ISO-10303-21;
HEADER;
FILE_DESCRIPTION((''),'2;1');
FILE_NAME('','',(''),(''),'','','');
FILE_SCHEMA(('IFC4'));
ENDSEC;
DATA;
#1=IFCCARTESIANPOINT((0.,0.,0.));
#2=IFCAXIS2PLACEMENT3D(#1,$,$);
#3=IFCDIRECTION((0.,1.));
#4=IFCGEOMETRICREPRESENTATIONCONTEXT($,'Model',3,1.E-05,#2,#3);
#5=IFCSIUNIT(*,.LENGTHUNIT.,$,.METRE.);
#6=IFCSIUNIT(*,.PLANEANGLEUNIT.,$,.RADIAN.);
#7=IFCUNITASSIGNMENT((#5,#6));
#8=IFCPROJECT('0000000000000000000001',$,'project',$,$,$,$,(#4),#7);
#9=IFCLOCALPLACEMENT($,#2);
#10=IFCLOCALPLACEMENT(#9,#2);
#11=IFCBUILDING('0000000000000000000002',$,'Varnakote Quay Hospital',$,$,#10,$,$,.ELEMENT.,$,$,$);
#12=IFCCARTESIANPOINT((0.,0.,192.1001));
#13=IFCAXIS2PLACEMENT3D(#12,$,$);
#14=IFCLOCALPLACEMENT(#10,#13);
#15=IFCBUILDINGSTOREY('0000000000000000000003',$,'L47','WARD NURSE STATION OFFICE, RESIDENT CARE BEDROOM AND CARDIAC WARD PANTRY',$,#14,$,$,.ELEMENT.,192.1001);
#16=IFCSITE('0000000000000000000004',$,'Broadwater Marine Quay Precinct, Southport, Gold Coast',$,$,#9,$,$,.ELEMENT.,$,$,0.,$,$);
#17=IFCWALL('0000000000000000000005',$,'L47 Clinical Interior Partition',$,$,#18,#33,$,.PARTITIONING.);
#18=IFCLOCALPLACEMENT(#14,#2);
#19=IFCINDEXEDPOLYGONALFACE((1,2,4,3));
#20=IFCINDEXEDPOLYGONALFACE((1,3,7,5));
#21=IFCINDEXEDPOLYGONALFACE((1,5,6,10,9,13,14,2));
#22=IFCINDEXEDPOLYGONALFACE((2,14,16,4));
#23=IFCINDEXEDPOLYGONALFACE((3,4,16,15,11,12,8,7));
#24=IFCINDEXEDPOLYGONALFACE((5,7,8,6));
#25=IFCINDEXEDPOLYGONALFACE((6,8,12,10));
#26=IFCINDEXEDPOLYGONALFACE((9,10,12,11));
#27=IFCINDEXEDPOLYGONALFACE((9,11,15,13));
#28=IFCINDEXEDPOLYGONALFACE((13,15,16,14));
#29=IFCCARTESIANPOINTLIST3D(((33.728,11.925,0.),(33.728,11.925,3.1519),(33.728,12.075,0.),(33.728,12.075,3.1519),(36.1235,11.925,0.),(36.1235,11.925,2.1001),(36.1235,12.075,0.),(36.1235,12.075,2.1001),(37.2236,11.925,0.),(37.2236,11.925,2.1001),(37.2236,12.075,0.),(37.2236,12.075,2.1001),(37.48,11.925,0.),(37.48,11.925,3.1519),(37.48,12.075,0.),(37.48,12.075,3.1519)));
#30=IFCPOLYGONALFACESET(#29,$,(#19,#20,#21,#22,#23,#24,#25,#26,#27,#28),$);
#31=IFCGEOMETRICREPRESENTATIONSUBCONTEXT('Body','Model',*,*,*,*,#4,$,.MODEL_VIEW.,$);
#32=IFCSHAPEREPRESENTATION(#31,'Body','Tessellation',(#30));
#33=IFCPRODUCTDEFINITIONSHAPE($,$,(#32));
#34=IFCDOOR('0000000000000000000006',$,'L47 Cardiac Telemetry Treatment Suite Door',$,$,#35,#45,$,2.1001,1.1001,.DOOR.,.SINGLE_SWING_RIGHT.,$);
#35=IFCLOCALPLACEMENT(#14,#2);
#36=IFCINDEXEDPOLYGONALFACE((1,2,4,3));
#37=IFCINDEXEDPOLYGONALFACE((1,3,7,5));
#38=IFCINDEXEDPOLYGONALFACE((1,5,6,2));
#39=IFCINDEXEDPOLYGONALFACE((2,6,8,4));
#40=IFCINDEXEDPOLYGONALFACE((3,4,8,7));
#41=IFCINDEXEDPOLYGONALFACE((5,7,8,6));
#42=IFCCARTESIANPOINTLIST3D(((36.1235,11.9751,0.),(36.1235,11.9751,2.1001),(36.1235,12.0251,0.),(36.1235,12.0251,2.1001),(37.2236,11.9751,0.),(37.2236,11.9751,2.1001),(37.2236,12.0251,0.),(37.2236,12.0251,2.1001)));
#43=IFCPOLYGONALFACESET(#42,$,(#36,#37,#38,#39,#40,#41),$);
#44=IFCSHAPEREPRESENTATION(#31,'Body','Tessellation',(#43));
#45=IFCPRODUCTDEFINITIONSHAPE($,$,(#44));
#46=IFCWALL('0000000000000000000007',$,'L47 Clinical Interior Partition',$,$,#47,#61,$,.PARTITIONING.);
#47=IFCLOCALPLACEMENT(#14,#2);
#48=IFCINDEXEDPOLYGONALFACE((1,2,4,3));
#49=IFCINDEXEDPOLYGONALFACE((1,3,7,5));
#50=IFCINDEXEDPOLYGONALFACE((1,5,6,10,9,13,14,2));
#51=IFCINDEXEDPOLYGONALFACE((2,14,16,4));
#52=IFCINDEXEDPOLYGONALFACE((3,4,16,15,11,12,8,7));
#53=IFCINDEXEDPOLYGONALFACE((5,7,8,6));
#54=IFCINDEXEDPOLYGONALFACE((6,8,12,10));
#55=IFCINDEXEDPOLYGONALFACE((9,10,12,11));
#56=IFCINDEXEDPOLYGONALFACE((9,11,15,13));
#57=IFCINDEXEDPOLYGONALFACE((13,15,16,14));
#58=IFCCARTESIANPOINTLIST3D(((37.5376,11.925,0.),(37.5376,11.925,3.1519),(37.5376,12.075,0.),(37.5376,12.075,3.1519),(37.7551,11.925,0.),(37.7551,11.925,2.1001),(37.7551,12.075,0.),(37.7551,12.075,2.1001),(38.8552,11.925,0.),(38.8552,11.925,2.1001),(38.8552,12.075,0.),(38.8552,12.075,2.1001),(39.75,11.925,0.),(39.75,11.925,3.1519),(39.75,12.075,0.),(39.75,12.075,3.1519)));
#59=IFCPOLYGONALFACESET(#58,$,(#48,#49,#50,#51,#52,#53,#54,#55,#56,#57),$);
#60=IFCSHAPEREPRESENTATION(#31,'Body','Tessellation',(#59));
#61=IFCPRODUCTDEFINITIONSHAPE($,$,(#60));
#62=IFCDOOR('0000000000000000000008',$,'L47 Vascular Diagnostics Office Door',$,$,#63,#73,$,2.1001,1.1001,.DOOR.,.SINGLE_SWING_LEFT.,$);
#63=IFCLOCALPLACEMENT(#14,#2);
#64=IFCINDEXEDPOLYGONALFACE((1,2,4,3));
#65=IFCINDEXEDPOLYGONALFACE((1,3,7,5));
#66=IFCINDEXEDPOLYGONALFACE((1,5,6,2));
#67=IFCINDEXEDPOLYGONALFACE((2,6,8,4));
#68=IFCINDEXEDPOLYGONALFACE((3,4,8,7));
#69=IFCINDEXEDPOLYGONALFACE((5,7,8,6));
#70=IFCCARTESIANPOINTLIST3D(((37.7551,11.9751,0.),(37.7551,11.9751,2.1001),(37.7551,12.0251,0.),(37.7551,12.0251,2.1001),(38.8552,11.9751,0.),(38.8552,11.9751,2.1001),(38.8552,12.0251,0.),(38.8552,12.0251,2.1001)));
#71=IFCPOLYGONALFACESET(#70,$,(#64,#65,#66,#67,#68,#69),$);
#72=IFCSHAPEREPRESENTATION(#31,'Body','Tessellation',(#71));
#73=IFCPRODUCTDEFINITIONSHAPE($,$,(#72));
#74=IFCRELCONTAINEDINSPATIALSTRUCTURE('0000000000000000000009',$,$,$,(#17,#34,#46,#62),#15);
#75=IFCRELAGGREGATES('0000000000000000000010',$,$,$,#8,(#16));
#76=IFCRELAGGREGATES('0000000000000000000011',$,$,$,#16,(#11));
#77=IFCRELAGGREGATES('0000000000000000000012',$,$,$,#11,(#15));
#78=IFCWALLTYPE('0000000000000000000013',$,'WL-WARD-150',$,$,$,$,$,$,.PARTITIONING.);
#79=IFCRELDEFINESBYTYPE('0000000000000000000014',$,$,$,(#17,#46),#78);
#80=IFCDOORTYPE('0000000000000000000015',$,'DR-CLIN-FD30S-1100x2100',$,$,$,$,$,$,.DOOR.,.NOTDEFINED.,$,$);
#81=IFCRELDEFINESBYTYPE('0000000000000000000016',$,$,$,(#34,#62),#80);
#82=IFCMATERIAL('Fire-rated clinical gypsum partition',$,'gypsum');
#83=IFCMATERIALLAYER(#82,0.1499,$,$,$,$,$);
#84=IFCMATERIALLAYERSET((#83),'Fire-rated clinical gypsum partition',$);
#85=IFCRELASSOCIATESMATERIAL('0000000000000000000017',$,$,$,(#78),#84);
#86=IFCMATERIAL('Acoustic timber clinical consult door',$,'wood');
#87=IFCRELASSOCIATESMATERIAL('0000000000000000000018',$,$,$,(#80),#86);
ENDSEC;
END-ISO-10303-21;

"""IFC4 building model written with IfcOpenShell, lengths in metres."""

from ifc_helpers import new_model, si_unit, direction, frame, frame_2d, origin, place, context, subcontext, project, spatial, rectangle, extrude, material, layer, layer_set, type_object, element, fill, save


model = new_model("IFC4")

# Units and contexts
model_context = context("Model", 3, precision=1e-05, world=origin(), true_north=direction((0.0, 1.0)))
body_context = subcontext(model_context, "Body", "Model", "MODEL_VIEW")
ifc_project = project(units=[si_unit("LENGTHUNIT", "METRE"), si_unit("PLANEANGLEUNIT", "RADIAN")], contexts=[model_context])

# Site, building, storey
site_placement = place(None, origin())
site = spatial("IfcSite", under=ifc_project, at=site_placement, Name="Broadwater Marine Quay Precinct, Southport, Gold Coast", CompositionType="ELEMENT", RefElevation=0.0)
building_placement = place(site_placement, origin())
building = spatial("IfcBuilding", under=site, at=building_placement, Name="Varnakote Quay Hospital", CompositionType="ELEMENT")
storey_placement = place(building_placement, frame((0.0, 0.0, 192.1001)))
storey = spatial("IfcBuildingStorey", under=building, at=storey_placement, Name="L47", Description="WARD NURSE STATION OFFICE, RESIDENT CARE BEDROOM AND CARDIAC WARD PANTRY", CompositionType="ELEMENT", Elevation=192.1001)

# Walls, openings, doors
ifc_material_1 = material(Name="Fire-rated clinical gypsum partition", Category="gypsum")
ifc_layer_1 = layer(ifc_material_1, 0.1499)
ifc_layer_set_1 = layer_set([ifc_layer_1], Name="Fire-rated clinical gypsum partition")
wall_type_1 = type_object("IfcWallType", Name="WL-WARD-150", PredefinedType="PARTITIONING", material=ifc_layer_set_1)
wall_1_placement = place(storey_placement, frame((37.48, 12.0, 0.0), z_axis=(0.0, 0.0, 1.0), x_axis=(-1.0, 0.0, 0.0)))
wall_1 = element("IfcWall", 1, at=wall_1_placement, inside=storey, type_object=wall_type_1, Name="L47 Clinical Interior Partition", PredefinedType="PARTITIONING", context=body_context, shape_type="SweptSolid", body=[
    extrude(rectangle(XDim=3.752, YDim=0.1499, at=frame_2d((1.876, 0.0))), origin(), (0.0, 0.0, 1.0), 3.1519),
])
opening_1_placement = place(wall_1_placement, frame((0.2563, 0.0, 0.0)))
opening_1 = element("IfcOpeningElement", 2, at=opening_1_placement, cuts=wall_1, PredefinedType="OPENING", context=body_context, shape_type="SweptSolid", body=[
    extrude(rectangle(XDim=1.1001, YDim=2.1001, at=frame_2d((0.55, 1.05))), frame((0.0, 0.085, 0.0), z_axis=(0.0, -1.0, 0.0), x_axis=(1.0, 0.0, 0.0)), (0.0, 0.0, 1.0), 0.1699),
])
ifc_material_2 = material(Name="Acoustic timber clinical consult door", Category="wood")
door_type_1 = type_object("IfcDoorType", Name="DR-CLIN-FD30S-1100x2100", OperationType="NOTDEFINED", PredefinedType="DOOR", material=ifc_material_2)
door_1_placement = place(opening_1_placement, origin())
door_1 = element("IfcDoor", 3, at=door_1_placement, inside=storey, type_object=door_type_1, Name="L47 Cardiac Telemetry Treatment Suite Door", OperationType="SINGLE_SWING_RIGHT", OverallHeight=2.1001, OverallWidth=1.1001, PredefinedType="DOOR", context=body_context, shape_type="SweptSolid", body=[
    extrude(rectangle(XDim=1.1001, YDim=2.1001, at=frame_2d((0.55, 1.05))), frame((0.0, 0.0249, 0.0), z_axis=(0.0, -1.0, 0.0), x_axis=(1.0, 0.0, 0.0)), (0.0, 0.0, 1.0), 0.05),
])
fill(opening_1, door_1)
wall_2_placement = place(storey_placement, frame((39.75, 12.0, 0.0), z_axis=(0.0, 0.0, 1.0), x_axis=(-1.0, 0.0, 0.0)))
wall_2 = element("IfcWall", 4, at=wall_2_placement, inside=storey, type_object=wall_type_1, Name="L47 Clinical Interior Partition", PredefinedType="PARTITIONING", context=body_context, shape_type="SweptSolid", body=[
    extrude(rectangle(XDim=2.2124, YDim=0.1499, at=frame_2d((1.1062, 0.0))), origin(), (0.0, 0.0, 1.0), 3.1519),
])
opening_2_placement = place(wall_2_placement, frame((0.8948, 0.0, 0.0)))
opening_2 = element("IfcOpeningElement", 5, at=opening_2_placement, cuts=wall_2, PredefinedType="OPENING", context=body_context, shape_type="SweptSolid", body=[
    extrude(rectangle(XDim=1.1001, YDim=2.1001, at=frame_2d((0.55, 1.05))), frame((0.0, 0.085, 0.0), z_axis=(0.0, -1.0, 0.0), x_axis=(1.0, 0.0, 0.0)), (0.0, 0.0, 1.0), 0.1699),
])
door_2_placement = place(opening_2_placement, origin())
door_2 = element("IfcDoor", 6, at=door_2_placement, inside=storey, type_object=door_type_1, Name="L47 Vascular Diagnostics Office Door", OperationType="SINGLE_SWING_LEFT", OverallHeight=2.1001, OverallWidth=1.1001, PredefinedType="DOOR", context=body_context, shape_type="SweptSolid", body=[
    extrude(rectangle(XDim=1.1001, YDim=2.1001, at=frame_2d((0.55, 1.05))), frame((0.0, 0.0249, 0.0), z_axis=(0.0, -1.0, 0.0), x_axis=(1.0, 0.0, 0.0)), (0.0, 0.0, 1.0), 0.05),
])
fill(opening_2, door_2)

save(model, "model.ifc")
